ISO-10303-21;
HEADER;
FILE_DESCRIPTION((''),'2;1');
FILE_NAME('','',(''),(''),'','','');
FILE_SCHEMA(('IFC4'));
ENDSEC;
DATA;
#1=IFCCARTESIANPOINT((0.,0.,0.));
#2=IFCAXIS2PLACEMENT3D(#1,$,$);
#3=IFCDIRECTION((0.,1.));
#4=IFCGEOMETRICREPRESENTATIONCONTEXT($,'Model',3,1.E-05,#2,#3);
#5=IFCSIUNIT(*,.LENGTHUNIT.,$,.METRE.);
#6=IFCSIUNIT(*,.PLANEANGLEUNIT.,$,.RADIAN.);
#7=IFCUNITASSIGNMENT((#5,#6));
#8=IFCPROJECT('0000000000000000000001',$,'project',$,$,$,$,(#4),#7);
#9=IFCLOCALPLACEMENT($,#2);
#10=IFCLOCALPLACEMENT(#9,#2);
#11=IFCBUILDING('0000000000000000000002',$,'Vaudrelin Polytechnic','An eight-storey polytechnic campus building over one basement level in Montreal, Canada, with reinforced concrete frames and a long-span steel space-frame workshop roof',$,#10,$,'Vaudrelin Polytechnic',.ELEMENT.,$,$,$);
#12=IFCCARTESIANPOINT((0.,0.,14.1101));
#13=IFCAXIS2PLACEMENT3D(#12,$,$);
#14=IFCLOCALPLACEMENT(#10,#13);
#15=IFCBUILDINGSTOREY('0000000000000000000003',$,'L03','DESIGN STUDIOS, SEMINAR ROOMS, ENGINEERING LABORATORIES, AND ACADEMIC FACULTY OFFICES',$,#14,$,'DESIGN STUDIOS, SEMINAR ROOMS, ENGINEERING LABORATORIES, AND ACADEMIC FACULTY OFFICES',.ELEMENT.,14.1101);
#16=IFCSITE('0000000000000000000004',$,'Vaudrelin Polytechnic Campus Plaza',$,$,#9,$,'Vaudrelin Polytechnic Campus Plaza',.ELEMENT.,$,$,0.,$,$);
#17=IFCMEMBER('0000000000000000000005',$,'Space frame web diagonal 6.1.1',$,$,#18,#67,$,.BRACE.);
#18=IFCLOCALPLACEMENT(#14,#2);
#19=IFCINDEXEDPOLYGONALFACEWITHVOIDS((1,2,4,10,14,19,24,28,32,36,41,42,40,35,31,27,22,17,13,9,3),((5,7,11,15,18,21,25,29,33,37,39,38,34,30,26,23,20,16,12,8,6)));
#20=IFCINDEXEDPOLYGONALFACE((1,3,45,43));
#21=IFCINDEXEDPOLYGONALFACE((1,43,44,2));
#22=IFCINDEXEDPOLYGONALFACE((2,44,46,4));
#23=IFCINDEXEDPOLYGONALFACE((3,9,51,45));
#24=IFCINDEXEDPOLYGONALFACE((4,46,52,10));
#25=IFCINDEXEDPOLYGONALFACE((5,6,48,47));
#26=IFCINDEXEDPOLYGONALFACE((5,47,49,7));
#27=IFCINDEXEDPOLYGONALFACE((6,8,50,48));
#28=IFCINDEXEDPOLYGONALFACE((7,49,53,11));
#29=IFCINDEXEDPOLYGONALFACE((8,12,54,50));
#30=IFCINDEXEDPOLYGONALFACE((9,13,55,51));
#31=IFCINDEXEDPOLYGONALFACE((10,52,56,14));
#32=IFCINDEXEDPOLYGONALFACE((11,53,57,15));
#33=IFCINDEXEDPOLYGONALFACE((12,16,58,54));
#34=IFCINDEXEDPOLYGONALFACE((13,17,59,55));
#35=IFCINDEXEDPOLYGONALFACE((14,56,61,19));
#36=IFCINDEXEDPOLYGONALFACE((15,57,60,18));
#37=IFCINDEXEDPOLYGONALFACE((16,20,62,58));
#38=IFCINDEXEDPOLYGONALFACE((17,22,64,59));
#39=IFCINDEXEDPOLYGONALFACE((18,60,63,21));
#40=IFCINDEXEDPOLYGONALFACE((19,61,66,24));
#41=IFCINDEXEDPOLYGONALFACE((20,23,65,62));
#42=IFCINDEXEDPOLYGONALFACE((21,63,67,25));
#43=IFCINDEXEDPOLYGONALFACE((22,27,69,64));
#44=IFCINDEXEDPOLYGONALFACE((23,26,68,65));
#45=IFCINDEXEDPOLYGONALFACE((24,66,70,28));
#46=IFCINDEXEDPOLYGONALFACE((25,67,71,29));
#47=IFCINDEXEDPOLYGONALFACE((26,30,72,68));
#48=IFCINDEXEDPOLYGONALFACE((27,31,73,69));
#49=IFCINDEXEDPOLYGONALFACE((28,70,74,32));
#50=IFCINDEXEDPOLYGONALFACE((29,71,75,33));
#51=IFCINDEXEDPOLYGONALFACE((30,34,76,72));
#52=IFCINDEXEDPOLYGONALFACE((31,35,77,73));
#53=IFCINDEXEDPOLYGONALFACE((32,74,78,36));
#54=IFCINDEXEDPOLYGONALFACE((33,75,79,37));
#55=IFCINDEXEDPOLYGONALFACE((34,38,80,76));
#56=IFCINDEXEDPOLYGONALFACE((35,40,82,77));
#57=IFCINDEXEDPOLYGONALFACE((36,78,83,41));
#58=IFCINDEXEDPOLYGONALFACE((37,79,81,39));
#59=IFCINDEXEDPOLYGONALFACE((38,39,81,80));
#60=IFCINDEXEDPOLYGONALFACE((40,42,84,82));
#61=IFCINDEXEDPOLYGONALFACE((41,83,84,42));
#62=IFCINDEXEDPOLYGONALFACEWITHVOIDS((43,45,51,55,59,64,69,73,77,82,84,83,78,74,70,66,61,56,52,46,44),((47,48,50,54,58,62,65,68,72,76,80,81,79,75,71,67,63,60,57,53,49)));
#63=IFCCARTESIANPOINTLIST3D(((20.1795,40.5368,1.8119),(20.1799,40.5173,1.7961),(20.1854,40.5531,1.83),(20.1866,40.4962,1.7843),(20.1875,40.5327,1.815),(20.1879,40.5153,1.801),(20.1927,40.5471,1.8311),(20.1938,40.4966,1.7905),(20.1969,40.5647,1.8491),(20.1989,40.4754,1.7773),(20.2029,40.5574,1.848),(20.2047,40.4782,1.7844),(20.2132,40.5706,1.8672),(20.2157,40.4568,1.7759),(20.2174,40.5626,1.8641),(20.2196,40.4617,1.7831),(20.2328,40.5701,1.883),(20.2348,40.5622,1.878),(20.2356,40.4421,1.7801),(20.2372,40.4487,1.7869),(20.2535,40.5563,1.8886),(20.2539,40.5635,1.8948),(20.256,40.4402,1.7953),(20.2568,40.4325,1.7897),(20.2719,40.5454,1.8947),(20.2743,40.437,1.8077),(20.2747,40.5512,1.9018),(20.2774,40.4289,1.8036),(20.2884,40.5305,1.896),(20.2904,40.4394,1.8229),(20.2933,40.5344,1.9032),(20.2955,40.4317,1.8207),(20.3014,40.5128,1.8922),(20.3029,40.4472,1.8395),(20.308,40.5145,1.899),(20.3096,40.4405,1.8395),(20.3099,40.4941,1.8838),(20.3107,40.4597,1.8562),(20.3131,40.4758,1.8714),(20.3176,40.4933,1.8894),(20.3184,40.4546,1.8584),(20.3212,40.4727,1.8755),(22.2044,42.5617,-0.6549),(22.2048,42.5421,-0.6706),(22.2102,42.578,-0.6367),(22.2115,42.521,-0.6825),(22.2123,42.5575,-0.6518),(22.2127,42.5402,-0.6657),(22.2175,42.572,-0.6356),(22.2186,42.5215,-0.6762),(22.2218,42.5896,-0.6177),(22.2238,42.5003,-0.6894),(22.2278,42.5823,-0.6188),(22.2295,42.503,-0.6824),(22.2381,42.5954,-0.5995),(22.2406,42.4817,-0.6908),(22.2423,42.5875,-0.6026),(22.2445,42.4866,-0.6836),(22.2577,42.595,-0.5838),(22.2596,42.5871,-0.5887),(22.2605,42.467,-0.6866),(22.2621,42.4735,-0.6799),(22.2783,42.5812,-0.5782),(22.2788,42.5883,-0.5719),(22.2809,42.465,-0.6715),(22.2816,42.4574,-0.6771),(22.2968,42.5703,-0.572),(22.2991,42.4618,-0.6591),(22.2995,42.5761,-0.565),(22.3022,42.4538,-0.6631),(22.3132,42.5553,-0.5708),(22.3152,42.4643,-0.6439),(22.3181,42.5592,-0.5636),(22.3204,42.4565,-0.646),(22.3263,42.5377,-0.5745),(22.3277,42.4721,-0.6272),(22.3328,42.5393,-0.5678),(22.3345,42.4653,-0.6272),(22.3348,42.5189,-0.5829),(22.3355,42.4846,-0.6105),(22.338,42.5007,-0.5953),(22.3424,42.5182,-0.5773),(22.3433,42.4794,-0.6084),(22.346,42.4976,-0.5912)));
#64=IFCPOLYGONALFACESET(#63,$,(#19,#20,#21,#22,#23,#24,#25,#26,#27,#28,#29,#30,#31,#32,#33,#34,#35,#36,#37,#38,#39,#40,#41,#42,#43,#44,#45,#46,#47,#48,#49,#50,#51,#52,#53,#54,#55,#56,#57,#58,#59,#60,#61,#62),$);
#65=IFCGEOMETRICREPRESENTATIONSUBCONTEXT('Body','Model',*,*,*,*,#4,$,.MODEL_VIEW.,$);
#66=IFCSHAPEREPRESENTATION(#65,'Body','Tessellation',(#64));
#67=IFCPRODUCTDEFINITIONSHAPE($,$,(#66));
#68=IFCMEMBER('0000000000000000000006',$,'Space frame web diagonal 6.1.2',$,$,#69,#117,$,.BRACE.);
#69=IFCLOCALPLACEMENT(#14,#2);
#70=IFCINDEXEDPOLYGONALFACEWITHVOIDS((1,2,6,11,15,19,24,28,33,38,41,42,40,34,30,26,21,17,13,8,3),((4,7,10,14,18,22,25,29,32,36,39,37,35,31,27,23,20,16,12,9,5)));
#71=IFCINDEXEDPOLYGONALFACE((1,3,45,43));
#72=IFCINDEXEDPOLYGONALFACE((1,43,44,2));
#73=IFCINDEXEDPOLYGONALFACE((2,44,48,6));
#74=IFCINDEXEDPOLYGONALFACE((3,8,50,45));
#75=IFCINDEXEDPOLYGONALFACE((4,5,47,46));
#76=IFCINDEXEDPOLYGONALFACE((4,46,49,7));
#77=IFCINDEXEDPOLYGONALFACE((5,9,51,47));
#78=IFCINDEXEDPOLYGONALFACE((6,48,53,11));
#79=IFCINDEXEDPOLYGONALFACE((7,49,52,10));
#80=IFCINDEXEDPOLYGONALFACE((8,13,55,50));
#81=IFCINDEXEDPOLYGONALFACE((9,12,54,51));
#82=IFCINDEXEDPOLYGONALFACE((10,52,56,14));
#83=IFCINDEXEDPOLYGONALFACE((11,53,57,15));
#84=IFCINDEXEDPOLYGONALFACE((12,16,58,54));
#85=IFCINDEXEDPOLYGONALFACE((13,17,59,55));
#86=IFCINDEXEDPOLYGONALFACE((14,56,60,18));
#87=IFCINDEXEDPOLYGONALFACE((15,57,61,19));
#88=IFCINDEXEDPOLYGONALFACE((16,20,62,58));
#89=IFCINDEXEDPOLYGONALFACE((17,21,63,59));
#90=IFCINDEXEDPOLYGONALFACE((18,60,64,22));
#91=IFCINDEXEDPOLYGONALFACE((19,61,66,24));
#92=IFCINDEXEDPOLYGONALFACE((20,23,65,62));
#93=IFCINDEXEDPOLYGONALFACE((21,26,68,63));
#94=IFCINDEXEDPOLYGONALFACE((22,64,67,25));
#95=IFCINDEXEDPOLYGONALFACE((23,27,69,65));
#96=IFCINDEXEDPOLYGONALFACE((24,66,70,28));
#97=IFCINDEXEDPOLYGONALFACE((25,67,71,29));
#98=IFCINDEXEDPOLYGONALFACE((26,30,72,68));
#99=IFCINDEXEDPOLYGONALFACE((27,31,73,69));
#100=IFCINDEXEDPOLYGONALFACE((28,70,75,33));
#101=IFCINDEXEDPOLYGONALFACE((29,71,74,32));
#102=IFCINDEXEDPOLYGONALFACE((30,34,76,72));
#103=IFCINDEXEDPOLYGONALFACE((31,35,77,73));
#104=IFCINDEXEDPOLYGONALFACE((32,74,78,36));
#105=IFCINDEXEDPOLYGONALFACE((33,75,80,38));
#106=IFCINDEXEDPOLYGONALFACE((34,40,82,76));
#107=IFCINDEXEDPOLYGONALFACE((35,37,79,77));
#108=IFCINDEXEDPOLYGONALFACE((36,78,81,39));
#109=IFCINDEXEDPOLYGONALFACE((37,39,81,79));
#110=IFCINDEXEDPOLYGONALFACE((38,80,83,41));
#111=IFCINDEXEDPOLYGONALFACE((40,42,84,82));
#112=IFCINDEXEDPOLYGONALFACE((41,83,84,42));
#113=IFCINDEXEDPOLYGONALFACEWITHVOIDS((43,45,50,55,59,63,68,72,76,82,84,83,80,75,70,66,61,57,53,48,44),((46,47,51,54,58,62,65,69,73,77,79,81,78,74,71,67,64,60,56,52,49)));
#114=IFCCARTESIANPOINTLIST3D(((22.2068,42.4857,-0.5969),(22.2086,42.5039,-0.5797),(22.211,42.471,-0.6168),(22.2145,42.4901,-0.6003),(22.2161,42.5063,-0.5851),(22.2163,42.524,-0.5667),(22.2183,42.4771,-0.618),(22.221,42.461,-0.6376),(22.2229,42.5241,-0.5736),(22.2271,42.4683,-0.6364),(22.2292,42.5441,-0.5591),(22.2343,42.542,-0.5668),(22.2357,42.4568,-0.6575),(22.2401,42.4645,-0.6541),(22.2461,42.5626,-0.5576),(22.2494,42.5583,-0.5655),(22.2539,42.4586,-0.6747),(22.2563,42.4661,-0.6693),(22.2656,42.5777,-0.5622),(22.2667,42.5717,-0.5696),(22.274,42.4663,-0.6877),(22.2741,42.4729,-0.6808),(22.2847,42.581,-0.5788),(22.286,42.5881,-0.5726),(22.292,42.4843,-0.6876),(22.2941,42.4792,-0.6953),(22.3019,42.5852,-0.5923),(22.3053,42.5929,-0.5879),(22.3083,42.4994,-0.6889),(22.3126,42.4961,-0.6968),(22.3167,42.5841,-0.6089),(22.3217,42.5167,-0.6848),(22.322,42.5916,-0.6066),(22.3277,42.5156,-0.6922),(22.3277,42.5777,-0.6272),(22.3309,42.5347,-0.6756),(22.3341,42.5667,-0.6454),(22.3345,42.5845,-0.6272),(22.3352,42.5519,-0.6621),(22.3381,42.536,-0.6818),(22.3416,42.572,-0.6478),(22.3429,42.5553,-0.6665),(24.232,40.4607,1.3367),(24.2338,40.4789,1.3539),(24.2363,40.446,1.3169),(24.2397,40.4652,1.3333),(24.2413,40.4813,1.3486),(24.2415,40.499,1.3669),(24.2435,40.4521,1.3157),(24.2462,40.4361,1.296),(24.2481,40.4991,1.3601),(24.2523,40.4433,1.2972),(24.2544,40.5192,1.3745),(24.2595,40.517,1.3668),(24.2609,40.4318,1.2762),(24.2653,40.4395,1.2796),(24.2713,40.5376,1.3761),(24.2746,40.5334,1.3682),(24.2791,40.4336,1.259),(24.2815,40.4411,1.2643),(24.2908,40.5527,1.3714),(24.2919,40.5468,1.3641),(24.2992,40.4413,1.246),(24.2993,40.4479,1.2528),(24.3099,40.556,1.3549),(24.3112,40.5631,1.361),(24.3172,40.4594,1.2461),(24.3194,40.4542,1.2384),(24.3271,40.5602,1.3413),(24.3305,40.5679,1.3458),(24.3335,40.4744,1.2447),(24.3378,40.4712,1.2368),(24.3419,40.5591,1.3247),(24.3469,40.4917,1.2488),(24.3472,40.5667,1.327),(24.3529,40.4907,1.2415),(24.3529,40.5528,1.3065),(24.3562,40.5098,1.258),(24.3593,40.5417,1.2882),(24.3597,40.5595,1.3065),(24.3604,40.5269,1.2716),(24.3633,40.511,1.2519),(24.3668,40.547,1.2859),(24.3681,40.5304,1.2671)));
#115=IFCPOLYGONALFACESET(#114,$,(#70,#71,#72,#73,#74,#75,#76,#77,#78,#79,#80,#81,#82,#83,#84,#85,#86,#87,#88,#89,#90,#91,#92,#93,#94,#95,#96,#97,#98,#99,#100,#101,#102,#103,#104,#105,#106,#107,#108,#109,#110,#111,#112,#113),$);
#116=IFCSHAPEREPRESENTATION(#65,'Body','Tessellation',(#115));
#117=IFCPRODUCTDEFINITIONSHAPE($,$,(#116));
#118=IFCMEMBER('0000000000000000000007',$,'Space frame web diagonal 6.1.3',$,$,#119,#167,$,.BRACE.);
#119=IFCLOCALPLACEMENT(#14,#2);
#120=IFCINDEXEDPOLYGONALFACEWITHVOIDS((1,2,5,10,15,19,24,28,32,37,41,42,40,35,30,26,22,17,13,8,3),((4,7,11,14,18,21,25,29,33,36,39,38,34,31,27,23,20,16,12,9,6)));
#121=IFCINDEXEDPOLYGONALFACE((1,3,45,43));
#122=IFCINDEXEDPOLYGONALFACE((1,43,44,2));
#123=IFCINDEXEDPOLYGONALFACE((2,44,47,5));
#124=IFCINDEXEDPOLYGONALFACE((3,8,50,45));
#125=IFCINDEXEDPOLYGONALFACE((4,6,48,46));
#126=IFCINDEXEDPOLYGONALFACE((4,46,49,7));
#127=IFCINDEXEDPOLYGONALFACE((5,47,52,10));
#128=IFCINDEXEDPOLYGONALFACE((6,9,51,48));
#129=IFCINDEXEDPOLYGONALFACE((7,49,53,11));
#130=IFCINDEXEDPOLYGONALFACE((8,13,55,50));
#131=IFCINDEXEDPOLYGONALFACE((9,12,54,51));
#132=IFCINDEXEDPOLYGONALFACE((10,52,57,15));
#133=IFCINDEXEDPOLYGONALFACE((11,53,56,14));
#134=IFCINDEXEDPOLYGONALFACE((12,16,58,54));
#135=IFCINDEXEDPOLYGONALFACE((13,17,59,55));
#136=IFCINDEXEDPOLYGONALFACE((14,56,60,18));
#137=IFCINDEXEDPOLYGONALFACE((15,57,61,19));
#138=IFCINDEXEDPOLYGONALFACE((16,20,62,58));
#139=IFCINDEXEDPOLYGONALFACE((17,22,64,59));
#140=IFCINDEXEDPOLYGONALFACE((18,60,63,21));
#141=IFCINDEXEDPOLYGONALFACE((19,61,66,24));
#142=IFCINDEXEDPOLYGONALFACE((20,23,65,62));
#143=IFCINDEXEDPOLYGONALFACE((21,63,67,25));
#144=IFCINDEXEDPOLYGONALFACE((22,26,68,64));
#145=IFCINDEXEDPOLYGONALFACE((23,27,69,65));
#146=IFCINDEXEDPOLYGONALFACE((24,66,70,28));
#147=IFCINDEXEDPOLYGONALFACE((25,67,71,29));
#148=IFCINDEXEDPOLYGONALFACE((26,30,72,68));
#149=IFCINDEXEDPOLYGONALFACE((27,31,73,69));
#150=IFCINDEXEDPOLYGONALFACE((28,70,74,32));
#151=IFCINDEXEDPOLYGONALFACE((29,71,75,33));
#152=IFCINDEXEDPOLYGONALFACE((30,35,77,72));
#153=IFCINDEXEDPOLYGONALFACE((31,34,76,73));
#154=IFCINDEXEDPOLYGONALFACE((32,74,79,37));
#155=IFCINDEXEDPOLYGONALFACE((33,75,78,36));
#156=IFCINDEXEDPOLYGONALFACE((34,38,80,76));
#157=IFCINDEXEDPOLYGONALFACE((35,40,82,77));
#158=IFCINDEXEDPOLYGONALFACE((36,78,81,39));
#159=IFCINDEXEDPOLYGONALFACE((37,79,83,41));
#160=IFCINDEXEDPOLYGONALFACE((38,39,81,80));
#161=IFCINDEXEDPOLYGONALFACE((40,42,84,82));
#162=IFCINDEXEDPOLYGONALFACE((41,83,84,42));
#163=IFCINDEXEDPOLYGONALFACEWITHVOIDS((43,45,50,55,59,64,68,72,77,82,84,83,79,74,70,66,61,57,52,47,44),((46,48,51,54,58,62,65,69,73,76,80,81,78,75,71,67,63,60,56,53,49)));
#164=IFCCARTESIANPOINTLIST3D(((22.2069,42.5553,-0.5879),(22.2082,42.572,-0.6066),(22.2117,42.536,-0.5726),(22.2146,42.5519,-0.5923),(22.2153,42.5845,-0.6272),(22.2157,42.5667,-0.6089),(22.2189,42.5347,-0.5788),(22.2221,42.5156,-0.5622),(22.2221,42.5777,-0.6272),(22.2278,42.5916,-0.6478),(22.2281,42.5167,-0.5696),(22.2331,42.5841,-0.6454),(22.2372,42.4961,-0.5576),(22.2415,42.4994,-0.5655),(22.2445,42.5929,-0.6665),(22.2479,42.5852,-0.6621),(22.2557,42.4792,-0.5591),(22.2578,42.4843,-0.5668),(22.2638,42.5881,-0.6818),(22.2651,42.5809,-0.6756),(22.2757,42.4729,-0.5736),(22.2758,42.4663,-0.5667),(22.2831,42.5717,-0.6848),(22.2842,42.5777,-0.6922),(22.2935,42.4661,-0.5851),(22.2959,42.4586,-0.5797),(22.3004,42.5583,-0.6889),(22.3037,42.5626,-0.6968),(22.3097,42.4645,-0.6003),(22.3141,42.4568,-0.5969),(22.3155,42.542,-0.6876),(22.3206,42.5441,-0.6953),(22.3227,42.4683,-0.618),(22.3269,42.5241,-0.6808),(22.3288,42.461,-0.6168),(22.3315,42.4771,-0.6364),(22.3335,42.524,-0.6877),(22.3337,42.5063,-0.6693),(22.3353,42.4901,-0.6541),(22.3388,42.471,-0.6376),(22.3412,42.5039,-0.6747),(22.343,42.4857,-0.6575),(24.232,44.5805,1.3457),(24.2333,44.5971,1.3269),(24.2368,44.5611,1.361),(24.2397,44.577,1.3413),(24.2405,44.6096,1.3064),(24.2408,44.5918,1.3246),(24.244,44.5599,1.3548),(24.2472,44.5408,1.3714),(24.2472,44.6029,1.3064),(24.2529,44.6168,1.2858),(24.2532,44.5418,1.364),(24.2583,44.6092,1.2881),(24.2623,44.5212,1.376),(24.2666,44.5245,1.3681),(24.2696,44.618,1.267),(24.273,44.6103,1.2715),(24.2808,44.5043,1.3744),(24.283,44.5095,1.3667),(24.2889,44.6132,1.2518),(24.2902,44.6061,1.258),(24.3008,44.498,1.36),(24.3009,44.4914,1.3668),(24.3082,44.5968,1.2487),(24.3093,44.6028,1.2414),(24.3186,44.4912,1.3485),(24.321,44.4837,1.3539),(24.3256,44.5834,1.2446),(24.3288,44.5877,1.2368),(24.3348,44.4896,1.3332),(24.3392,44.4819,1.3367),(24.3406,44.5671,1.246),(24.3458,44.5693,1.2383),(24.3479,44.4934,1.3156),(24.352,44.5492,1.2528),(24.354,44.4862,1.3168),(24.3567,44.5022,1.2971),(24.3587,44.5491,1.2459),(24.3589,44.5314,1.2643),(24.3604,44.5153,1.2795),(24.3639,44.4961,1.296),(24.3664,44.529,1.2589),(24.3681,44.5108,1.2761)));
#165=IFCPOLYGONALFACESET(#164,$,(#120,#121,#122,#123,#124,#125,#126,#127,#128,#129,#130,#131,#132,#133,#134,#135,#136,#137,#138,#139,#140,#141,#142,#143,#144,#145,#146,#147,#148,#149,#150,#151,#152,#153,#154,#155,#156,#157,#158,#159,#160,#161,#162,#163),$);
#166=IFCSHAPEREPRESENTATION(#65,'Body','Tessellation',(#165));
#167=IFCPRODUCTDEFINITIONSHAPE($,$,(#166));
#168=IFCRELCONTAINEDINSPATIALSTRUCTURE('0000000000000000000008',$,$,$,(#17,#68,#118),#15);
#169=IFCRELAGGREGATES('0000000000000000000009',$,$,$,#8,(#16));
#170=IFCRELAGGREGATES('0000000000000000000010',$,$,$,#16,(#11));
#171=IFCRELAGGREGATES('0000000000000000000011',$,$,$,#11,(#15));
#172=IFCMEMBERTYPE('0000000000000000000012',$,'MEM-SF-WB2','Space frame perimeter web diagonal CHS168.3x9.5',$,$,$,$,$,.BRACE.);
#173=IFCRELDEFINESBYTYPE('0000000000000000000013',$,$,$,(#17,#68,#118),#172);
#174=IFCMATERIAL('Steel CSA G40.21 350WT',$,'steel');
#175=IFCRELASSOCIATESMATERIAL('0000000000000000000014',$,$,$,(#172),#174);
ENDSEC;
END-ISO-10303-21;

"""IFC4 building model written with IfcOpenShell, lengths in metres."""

from ifc_helpers import new_model, si_unit, direction, frame, origin, origin_2d, place, context, subcontext, project, spatial, hollow_circle, extrude, material, material_profile, profile_set, type_object, element, save


model = new_model("IFC4")

# Units and contexts
model_context = context("Model", 3, precision=1e-05, world=origin(), true_north=direction((0.0, 1.0)))
body_context = subcontext(model_context, "Body", "Model", "MODEL_VIEW")
ifc_project = project(units=[si_unit("LENGTHUNIT", "METRE"), si_unit("PLANEANGLEUNIT", "RADIAN")], contexts=[model_context])

# Site, building, storey
site_placement = place(None, origin())
site = spatial("IfcSite", under=ifc_project, at=site_placement, Name="Vaudrelin Polytechnic Campus Plaza", LongName="Vaudrelin Polytechnic Campus Plaza", CompositionType="ELEMENT", RefElevation=0.0)
building_placement = place(site_placement, origin())
building = spatial("IfcBuilding", under=site, at=building_placement, Name="Vaudrelin Polytechnic", Description="An eight-storey polytechnic campus building over one basement level in Montreal, Canada, with reinforced concrete frames and a long-span steel space-frame workshop roof", LongName="Vaudrelin Polytechnic", CompositionType="ELEMENT")
storey_placement = place(building_placement, frame((0.0, 0.0, 14.1101)))
storey = spatial("IfcBuildingStorey", under=building, at=storey_placement, Name="L03", Description="DESIGN STUDIOS, SEMINAR ROOMS, ENGINEERING LABORATORIES, AND ACADEMIC FACULTY OFFICES", LongName="DESIGN STUDIOS, SEMINAR ROOMS, ENGINEERING LABORATORIES, AND ACADEMIC FACULTY OFFICES", CompositionType="ELEMENT", Elevation=14.1101)

# Members
ifc_material = material(Name="Steel CSA G40.21 350WT", Category="steel")
ifc_material_profile_1 = material_profile(ifc_material, hollow_circle(Radius=0.0842, WallThickness=0.0095, at=origin_2d()), Name="CHS168.3x9.5")
ifc_profile_set_1 = profile_set([ifc_material_profile_1], Name="Steel CSA G40.21 350WT")
member_type_1 = type_object("IfcMemberType", Name="MEM-SF-WB2", Description="Space frame perimeter web diagonal CHS168.3x9.5", PredefinedType="BRACE", material=ifc_profile_set_1)
member_1_placement = place(storey_placement, frame((22.2749, 42.5249, -0.6272), z_axis=(-0.535742, -0.535742, 0.652657), x_axis=(0.707107, -0.707107, 0.0)))
element("IfcMember", 1, at=member_1_placement, inside=storey, type_object=member_type_1, Name="Space frame web diagonal 6.1.1", PredefinedType="BRACE", context=body_context, shape_type="SweptSolid", body=[
    extrude(hollow_circle(Radius=0.0842, WallThickness=0.0095, at=origin_2d()), origin(), (0.0, 0.0, 1.0), 3.7795),
])
for number, where, z_axis, x_axis, name in (
    (2, (22.2749, 42.5249, -0.6272), (0.586071, -0.586, 0.559576), (0.707064, 0.707149, 0.0), "Space frame web diagonal 6.1.2"),
    (3, (22.2749, 42.5249, -0.6272), (0.586046, 0.586046, 0.559553), (-0.707107, 0.707107, 0.0), "Space frame web diagonal 6.1.3"),
):
    element("IfcMember", number, at=place(storey_placement, frame(where, z_axis=z_axis, x_axis=x_axis)), inside=storey, type_object=member_type_1, Name=name, PredefinedType="BRACE", context=body_context, shape_type="SweptSolid", body=[
        extrude(hollow_circle(Radius=0.0842, WallThickness=0.0095, at=origin_2d()), origin(), (0.0, 0.0, 1.0), 3.4556),
    ])

save(model, "model.ifc")
